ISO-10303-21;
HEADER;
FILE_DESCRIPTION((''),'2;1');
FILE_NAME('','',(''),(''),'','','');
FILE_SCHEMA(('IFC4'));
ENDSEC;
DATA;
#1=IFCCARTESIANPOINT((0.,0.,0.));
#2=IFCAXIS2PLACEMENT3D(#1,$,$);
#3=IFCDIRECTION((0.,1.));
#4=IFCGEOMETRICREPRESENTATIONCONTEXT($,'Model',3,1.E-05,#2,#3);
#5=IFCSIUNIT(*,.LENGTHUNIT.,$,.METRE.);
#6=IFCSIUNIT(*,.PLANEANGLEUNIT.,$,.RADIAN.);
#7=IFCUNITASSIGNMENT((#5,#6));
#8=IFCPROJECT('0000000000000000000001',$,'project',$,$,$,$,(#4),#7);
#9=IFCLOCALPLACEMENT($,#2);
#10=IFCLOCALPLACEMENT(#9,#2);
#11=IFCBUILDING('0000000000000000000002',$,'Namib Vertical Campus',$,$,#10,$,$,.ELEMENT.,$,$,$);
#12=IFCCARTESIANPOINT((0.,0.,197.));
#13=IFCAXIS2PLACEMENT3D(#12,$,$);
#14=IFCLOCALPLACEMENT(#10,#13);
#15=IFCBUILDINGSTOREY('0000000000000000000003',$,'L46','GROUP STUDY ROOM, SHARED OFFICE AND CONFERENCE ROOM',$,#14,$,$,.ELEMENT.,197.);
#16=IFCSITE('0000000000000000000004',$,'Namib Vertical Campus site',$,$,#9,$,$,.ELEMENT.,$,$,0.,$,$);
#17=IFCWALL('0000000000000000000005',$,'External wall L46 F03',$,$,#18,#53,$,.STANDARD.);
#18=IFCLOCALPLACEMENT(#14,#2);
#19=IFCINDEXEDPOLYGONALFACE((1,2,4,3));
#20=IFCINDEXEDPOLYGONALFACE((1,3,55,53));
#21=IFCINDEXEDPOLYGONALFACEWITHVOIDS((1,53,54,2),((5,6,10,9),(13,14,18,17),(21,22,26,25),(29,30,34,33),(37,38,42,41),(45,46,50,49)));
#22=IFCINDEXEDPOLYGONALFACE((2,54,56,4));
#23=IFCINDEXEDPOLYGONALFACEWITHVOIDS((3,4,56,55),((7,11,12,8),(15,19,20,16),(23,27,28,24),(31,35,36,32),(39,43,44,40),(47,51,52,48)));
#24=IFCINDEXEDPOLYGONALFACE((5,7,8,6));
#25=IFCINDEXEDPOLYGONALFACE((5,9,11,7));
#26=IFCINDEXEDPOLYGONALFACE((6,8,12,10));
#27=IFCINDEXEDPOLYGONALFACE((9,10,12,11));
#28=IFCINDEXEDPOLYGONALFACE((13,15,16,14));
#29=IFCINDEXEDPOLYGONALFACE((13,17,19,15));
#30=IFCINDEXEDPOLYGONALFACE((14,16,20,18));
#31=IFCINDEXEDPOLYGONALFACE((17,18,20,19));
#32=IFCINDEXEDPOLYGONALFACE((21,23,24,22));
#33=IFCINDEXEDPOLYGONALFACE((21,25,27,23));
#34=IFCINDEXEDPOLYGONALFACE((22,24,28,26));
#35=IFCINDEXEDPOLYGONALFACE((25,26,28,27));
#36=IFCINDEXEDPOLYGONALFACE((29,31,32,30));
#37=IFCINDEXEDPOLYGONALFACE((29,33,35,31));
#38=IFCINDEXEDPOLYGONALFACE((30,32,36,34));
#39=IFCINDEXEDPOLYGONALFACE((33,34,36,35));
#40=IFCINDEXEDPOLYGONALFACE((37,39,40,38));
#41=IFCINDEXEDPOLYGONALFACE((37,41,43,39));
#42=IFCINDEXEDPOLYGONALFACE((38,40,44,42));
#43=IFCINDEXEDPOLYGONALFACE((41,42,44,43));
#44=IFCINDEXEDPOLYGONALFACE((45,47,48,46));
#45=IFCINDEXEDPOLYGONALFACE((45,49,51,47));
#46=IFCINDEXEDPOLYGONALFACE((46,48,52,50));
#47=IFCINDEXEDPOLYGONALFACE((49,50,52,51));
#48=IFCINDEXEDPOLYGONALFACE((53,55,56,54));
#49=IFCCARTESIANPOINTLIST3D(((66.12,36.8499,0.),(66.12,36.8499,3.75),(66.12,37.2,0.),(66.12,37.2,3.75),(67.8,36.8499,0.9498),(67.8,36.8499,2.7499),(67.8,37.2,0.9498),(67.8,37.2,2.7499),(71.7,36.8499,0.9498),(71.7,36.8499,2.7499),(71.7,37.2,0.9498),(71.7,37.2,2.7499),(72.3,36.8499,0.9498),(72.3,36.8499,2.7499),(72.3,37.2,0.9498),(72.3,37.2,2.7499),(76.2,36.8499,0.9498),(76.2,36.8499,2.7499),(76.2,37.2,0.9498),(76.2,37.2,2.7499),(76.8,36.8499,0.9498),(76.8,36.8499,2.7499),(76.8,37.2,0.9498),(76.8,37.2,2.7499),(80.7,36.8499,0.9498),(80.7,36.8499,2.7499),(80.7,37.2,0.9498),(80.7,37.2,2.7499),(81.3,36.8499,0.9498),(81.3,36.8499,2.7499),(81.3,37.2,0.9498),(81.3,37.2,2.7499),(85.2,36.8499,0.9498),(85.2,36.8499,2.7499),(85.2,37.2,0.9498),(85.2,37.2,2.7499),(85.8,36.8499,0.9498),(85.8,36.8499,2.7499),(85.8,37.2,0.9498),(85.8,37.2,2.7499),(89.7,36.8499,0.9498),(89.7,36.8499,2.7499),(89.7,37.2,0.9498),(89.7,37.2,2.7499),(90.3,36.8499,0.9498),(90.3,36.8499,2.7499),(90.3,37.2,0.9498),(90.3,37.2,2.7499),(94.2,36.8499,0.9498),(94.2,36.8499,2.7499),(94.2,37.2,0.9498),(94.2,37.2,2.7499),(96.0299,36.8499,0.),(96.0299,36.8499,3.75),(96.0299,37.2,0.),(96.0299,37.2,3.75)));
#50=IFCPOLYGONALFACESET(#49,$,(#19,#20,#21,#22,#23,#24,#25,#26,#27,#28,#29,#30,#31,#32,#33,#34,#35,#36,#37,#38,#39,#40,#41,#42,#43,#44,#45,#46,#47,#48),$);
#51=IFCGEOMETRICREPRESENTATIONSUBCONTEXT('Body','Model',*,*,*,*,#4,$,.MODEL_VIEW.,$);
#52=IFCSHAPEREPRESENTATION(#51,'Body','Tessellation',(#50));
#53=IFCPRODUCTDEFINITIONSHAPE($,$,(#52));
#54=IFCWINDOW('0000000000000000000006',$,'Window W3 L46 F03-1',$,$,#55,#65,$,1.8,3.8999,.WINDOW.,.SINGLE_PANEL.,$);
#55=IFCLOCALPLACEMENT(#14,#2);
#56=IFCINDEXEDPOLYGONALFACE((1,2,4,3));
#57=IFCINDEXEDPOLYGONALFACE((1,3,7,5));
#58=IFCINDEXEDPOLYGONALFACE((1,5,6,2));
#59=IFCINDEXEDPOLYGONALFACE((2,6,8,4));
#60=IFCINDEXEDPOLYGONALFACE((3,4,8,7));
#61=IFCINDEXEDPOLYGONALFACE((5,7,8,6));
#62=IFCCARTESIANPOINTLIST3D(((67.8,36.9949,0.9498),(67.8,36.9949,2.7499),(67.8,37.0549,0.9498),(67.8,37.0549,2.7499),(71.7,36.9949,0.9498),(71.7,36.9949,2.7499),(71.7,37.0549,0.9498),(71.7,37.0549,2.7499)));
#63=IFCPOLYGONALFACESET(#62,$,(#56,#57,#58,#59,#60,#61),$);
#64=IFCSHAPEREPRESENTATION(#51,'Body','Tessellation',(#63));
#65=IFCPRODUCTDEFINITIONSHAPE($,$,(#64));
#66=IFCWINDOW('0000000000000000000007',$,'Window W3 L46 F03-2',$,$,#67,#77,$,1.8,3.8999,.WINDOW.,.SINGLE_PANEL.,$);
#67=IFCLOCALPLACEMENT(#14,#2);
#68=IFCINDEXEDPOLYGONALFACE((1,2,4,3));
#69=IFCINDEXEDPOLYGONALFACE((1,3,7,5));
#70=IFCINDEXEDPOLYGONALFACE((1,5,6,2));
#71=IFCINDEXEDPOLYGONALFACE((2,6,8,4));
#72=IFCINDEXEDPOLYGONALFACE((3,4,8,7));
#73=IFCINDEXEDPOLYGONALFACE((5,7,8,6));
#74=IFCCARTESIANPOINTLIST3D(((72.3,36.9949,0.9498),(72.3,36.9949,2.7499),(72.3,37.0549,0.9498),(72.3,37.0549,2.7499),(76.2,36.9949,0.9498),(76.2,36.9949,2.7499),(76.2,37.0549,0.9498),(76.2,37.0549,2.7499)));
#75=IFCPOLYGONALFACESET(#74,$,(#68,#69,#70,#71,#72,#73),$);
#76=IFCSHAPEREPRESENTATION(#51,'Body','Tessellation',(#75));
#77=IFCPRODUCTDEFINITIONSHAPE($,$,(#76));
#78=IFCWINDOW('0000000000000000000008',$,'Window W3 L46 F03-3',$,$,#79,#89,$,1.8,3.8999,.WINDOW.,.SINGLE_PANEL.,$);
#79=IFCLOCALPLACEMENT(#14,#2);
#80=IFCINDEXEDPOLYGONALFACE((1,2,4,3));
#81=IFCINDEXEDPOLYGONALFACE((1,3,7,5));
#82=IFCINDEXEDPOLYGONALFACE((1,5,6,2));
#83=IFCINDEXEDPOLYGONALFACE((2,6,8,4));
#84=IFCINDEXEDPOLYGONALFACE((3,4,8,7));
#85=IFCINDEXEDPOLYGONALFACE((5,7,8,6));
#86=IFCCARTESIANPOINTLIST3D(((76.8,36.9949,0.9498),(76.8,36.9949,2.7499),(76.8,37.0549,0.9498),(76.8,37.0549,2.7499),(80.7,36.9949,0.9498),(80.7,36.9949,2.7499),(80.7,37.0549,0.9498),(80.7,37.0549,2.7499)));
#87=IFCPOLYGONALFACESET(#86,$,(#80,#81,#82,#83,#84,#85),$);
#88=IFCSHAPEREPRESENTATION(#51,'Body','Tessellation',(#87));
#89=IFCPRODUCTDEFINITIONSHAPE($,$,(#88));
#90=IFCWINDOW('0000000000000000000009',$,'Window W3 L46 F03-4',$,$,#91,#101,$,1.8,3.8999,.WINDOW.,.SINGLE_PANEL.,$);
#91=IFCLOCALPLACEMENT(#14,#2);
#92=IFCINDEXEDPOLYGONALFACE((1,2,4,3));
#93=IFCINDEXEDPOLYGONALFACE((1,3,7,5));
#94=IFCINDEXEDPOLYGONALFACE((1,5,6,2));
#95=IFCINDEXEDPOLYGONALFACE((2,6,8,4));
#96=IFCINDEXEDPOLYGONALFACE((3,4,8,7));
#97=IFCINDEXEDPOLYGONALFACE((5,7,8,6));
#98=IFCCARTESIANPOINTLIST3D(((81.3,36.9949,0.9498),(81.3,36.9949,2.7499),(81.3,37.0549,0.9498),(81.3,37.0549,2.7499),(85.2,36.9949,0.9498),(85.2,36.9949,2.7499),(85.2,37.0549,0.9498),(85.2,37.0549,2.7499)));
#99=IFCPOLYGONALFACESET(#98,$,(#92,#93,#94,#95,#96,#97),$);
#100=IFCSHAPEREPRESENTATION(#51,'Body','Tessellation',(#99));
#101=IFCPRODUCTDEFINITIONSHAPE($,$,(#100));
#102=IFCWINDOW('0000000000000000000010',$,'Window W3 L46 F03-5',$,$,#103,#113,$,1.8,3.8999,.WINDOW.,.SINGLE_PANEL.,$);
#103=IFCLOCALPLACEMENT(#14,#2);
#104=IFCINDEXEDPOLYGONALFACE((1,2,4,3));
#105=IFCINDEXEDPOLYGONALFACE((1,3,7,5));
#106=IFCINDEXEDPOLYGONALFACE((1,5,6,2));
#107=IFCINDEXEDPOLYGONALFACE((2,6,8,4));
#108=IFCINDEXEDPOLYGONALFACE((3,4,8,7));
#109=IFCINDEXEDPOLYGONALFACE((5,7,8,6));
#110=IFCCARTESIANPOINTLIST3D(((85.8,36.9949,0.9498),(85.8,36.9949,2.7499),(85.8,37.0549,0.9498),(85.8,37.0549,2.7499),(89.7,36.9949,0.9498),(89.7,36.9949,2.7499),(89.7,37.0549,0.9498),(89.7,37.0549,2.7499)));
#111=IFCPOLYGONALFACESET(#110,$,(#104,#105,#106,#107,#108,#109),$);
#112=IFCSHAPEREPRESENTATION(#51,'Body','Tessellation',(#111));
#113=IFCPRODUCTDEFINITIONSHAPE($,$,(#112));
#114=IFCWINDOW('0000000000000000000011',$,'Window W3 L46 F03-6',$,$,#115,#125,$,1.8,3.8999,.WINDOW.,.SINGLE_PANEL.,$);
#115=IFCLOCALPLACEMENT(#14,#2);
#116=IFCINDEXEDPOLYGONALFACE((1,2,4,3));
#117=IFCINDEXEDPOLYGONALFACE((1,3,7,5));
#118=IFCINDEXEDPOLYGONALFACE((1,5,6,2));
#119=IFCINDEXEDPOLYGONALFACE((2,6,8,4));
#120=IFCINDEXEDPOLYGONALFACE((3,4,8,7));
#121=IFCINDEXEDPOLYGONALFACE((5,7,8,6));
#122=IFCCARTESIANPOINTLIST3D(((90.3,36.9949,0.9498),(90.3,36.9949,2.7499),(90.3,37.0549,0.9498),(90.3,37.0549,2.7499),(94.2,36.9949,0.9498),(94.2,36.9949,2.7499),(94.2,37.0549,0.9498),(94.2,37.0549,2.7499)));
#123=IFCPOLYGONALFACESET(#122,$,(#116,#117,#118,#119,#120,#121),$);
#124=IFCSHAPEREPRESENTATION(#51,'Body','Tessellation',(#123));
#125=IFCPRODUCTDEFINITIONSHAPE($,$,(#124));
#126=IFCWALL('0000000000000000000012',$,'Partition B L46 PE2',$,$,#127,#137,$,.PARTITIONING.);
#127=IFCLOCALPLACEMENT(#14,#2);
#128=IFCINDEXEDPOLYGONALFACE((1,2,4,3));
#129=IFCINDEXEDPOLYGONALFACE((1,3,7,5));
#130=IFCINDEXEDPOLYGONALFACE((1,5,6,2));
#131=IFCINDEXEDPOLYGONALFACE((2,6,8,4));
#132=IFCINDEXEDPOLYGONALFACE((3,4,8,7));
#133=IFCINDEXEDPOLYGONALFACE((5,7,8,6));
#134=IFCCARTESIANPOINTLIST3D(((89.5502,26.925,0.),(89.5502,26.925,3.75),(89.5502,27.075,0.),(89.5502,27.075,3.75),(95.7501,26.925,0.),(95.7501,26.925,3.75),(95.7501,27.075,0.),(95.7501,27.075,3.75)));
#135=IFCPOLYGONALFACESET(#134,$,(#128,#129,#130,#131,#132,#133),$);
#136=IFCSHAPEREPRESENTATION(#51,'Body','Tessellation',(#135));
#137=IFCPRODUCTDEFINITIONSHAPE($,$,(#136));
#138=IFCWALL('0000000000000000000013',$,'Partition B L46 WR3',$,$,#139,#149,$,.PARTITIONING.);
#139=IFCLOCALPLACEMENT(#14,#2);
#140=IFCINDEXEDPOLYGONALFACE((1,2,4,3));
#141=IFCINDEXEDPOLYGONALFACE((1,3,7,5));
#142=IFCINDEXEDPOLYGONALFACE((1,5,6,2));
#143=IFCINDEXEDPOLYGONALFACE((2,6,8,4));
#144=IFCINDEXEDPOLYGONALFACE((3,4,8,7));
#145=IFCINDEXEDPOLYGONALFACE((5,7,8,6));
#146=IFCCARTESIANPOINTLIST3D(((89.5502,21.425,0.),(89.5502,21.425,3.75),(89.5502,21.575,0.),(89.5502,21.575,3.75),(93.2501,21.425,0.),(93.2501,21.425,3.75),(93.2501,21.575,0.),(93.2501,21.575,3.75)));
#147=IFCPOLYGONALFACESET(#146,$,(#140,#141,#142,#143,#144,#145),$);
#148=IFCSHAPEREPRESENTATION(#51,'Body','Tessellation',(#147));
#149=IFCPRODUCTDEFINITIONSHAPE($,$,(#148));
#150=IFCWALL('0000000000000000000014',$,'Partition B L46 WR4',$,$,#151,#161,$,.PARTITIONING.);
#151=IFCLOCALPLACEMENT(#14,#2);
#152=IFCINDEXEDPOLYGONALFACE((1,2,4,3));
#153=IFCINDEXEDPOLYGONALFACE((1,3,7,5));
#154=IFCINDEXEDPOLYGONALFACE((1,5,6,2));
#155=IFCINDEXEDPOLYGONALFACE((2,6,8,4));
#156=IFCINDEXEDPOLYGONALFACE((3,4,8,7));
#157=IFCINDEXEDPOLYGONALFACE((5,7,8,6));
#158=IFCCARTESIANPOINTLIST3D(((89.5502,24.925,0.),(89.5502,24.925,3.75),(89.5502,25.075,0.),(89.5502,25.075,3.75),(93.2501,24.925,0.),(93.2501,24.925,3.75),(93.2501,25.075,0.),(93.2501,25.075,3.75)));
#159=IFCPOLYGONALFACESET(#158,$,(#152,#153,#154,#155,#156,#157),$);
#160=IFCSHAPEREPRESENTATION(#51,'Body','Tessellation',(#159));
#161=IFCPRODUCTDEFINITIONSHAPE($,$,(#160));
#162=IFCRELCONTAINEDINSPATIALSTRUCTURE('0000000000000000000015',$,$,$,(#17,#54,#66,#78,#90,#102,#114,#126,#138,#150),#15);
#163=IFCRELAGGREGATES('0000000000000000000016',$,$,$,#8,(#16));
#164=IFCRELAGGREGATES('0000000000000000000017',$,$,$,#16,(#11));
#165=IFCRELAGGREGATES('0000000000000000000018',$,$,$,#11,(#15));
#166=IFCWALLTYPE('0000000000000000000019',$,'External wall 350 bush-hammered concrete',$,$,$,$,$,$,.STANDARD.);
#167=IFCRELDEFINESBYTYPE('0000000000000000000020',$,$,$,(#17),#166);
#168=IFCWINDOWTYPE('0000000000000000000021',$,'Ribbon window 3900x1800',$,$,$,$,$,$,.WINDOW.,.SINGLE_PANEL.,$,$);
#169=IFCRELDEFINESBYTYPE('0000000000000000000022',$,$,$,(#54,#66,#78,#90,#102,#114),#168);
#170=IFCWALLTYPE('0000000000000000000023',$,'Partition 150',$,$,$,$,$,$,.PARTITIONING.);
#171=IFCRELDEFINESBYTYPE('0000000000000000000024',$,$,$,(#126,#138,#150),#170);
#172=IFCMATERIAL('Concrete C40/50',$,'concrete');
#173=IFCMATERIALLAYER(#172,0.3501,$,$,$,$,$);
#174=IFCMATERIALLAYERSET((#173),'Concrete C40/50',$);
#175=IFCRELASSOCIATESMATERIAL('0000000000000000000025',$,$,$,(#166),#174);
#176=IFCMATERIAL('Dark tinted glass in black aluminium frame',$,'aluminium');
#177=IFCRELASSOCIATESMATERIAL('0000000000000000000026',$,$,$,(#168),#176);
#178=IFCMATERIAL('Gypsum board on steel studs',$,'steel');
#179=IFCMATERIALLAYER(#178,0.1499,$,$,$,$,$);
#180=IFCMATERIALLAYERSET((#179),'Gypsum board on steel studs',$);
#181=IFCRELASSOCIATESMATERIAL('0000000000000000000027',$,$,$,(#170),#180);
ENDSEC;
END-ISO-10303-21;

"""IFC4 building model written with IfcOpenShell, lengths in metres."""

from ifc_helpers import new_model, si_unit, direction, frame, frame_2d, origin, place, context, subcontext, project, spatial, rectangle, extrude, material, layer, layer_set, type_object, element, fill, save


model = new_model("IFC4")

# Units and contexts
model_context = context("Model", 3, precision=1e-05, world=origin(), true_north=direction((0.0, 1.0)))
body_context = subcontext(model_context, "Body", "Model", "MODEL_VIEW")
ifc_project = project(units=[si_unit("LENGTHUNIT", "METRE"), si_unit("PLANEANGLEUNIT", "RADIAN")], contexts=[model_context])

# Site, building, storey
site_placement = place(None, origin())
site = spatial("IfcSite", under=ifc_project, at=site_placement, Name="Namib Vertical Campus site", CompositionType="ELEMENT", RefElevation=0.0)
building_placement = place(site_placement, origin())
building = spatial("IfcBuilding", under=site, at=building_placement, Name="Namib Vertical Campus", CompositionType="ELEMENT")
storey_placement = place(building_placement, frame((0.0, 0.0, 197.0)))
storey = spatial("IfcBuildingStorey", under=building, at=storey_placement, Name="L46", Description="GROUP STUDY ROOM, SHARED OFFICE AND CONFERENCE ROOM", CompositionType="ELEMENT", Elevation=197.0)

# Wall, openings, windows
ifc_material_1 = material(Name="Concrete C40/50", Category="concrete")
ifc_layer_1 = layer(ifc_material_1, 0.3501)
ifc_layer_set_1 = layer_set([ifc_layer_1], Name="Concrete C40/50")
wall_type_1 = type_object("IfcWallType", Name="External wall 350 bush-hammered concrete", PredefinedType="STANDARD", material=ifc_layer_set_1)
wall_1_placement = place(storey_placement, frame((96.03, 37.0249, 0.0), z_axis=(0.0, 0.0, 1.0), x_axis=(-1.0, 0.0, 0.0)))
wall_1 = element("IfcWall", 1, at=wall_1_placement, inside=storey, type_object=wall_type_1, Name="External wall L46 F03", PredefinedType="STANDARD", context=body_context, shape_type="SweptSolid", body=[
    extrude(rectangle(XDim=29.9099, YDim=0.3501, at=frame_2d((14.9551, 0.0))), origin(), (0.0, 0.0, 1.0), 3.75),
])
opening_1_placement = place(wall_1_placement, frame((24.3301, 0.0, 0.95)))
opening_1 = element("IfcOpeningElement", 2, at=opening_1_placement, cuts=wall_1, PredefinedType="OPENING", context=body_context, shape_type="SweptSolid", body=[
    extrude(rectangle(XDim=3.8999, YDim=1.8, at=frame_2d((1.95, 0.8999))), frame((0.0, 0.1851, 0.0), z_axis=(0.0, -1.0, 0.0), x_axis=(1.0, 0.0, 0.0)), (0.0, 0.0, 1.0), 0.3701),
])
opening_2_placement = place(wall_1_placement, frame((19.8301, 0.0, 0.95)))
opening_2 = element("IfcOpeningElement", 3, at=opening_2_placement, cuts=wall_1, PredefinedType="OPENING", context=body_context, shape_type="SweptSolid", body=[
    extrude(rectangle(XDim=3.8999, YDim=1.8, at=frame_2d((1.95, 0.8999))), frame((0.0, 0.1851, 0.0), z_axis=(0.0, -1.0, 0.0), x_axis=(1.0, 0.0, 0.0)), (0.0, 0.0, 1.0), 0.3701),
])
opening_3_placement = place(wall_1_placement, frame((15.3301, 0.0, 0.95)))
opening_3 = element("IfcOpeningElement", 4, at=opening_3_placement, cuts=wall_1, PredefinedType="OPENING", context=body_context, shape_type="SweptSolid", body=[
    extrude(rectangle(XDim=3.8999, YDim=1.8, at=frame_2d((1.95, 0.8999))), frame((0.0, 0.1851, 0.0), z_axis=(0.0, -1.0, 0.0), x_axis=(1.0, 0.0, 0.0)), (0.0, 0.0, 1.0), 0.3701),
])
opening_4_placement = place(wall_1_placement, frame((10.8301, 0.0, 0.95)))
opening_4 = element("IfcOpeningElement", 5, at=opening_4_placement, cuts=wall_1, PredefinedType="OPENING", context=body_context, shape_type="SweptSolid", body=[
    extrude(rectangle(XDim=3.8999, YDim=1.8, at=frame_2d((1.95, 0.8999))), frame((0.0, 0.1851, 0.0), z_axis=(0.0, -1.0, 0.0), x_axis=(1.0, 0.0, 0.0)), (0.0, 0.0, 1.0), 0.3701),
])
opening_5_placement = place(wall_1_placement, frame((6.3301, 0.0, 0.95)))
opening_5 = element("IfcOpeningElement", 6, at=opening_5_placement, cuts=wall_1, PredefinedType="OPENING", context=body_context, shape_type="SweptSolid", body=[
    extrude(rectangle(XDim=3.8999, YDim=1.8, at=frame_2d((1.95, 0.8999))), frame((0.0, 0.1851, 0.0), z_axis=(0.0, -1.0, 0.0), x_axis=(1.0, 0.0, 0.0)), (0.0, 0.0, 1.0), 0.3701),
])
opening_6_placement = place(wall_1_placement, frame((1.8301, 0.0, 0.95)))
opening_6 = element("IfcOpeningElement", 7, at=opening_6_placement, cuts=wall_1, PredefinedType="OPENING", context=body_context, shape_type="SweptSolid", body=[
    extrude(rectangle(XDim=3.8999, YDim=1.8, at=frame_2d((1.95, 0.8999))), frame((0.0, 0.1851, 0.0), z_axis=(0.0, -1.0, 0.0), x_axis=(1.0, 0.0, 0.0)), (0.0, 0.0, 1.0), 0.3701),
])
ifc_material_2 = material(Name="Dark tinted glass in black aluminium frame", Category="aluminium")
window_type = type_object("IfcWindowType", Name="Ribbon window 3900x1800", PartitioningType="SINGLE_PANEL", PredefinedType="WINDOW", material=ifc_material_2)
window_1_placement = place(opening_1_placement, origin())
window_1 = element("IfcWindow", 8, at=window_1_placement, inside=storey, type_object=window_type, Name="Window W3 L46 F03-1", OverallHeight=1.8, OverallWidth=3.8999, PartitioningType="SINGLE_PANEL", PredefinedType="WINDOW", context=body_context, shape_type="SweptSolid", body=[
    extrude(rectangle(XDim=3.8999, YDim=1.8, at=frame_2d((1.95, 0.8999))), frame((0.0, 0.03, 0.0), z_axis=(0.0, -1.0, 0.0), x_axis=(1.0, 0.0, 0.0)), (0.0, 0.0, 1.0), 0.0601),
])
fill(opening_1, window_1)
window_2_placement = place(opening_2_placement, origin())
window_2 = element("IfcWindow", 9, at=window_2_placement, inside=storey, type_object=window_type, Name="Window W3 L46 F03-2", OverallHeight=1.8, OverallWidth=3.8999, PartitioningType="SINGLE_PANEL", PredefinedType="WINDOW", context=body_context, shape_type="SweptSolid", body=[
    extrude(rectangle(XDim=3.8999, YDim=1.8, at=frame_2d((1.95, 0.8999))), frame((0.0, 0.03, 0.0), z_axis=(0.0, -1.0, 0.0), x_axis=(1.0, 0.0, 0.0)), (0.0, 0.0, 1.0), 0.0601),
])
fill(opening_2, window_2)
window_3_placement = place(opening_3_placement, origin())
window_3 = element("IfcWindow", 10, at=window_3_placement, inside=storey, type_object=window_type, Name="Window W3 L46 F03-3", OverallHeight=1.8, OverallWidth=3.8999, PartitioningType="SINGLE_PANEL", PredefinedType="WINDOW", context=body_context, shape_type="SweptSolid", body=[
    extrude(rectangle(XDim=3.8999, YDim=1.8, at=frame_2d((1.95, 0.8999))), frame((0.0, 0.03, 0.0), z_axis=(0.0, -1.0, 0.0), x_axis=(1.0, 0.0, 0.0)), (0.0, 0.0, 1.0), 0.0601),
])
fill(opening_3, window_3)
window_4_placement = place(opening_4_placement, origin())
window_4 = element("IfcWindow", 11, at=window_4_placement, inside=storey, type_object=window_type, Name="Window W3 L46 F03-4", OverallHeight=1.8, OverallWidth=3.8999, PartitioningType="SINGLE_PANEL", PredefinedType="WINDOW", context=body_context, shape_type="SweptSolid", body=[
    extrude(rectangle(XDim=3.8999, YDim=1.8, at=frame_2d((1.95, 0.8999))), frame((0.0, 0.03, 0.0), z_axis=(0.0, -1.0, 0.0), x_axis=(1.0, 0.0, 0.0)), (0.0, 0.0, 1.0), 0.0601),
])
fill(opening_4, window_4)
window_5_placement = place(opening_5_placement, origin())
window_5 = element("IfcWindow", 12, at=window_5_placement, inside=storey, type_object=window_type, Name="Window W3 L46 F03-5", OverallHeight=1.8, OverallWidth=3.8999, PartitioningType="SINGLE_PANEL", PredefinedType="WINDOW", context=body_context, shape_type="SweptSolid", body=[
    extrude(rectangle(XDim=3.8999, YDim=1.8, at=frame_2d((1.95, 0.8999))), frame((0.0, 0.03, 0.0), z_axis=(0.0, -1.0, 0.0), x_axis=(1.0, 0.0, 0.0)), (0.0, 0.0, 1.0), 0.0601),
])
fill(opening_5, window_5)
window_6_placement = place(opening_6_placement, origin())
window_6 = element("IfcWindow", 13, at=window_6_placement, inside=storey, type_object=window_type, Name="Window W3 L46 F03-6", OverallHeight=1.8, OverallWidth=3.8999, PartitioningType="SINGLE_PANEL", PredefinedType="WINDOW", context=body_context, shape_type="SweptSolid", body=[
    extrude(rectangle(XDim=3.8999, YDim=1.8, at=frame_2d((1.95, 0.8999))), frame((0.0, 0.03, 0.0), z_axis=(0.0, -1.0, 0.0), x_axis=(1.0, 0.0, 0.0)), (0.0, 0.0, 1.0), 0.0601),
])
fill(opening_6, window_6)

# Walls
ifc_material_3 = material(Name="Gypsum board on steel studs", Category="steel")
ifc_layer_2 = layer(ifc_material_3, 0.1499)
ifc_layer_set_2 = layer_set([ifc_layer_2], Name="Gypsum board on steel studs")
wall_type_2 = type_object("IfcWallType", Name="Partition 150", PredefinedType="PARTITIONING", material=ifc_layer_set_2)
wall_2_placement = place(storey_placement, frame((89.55, 27.0, 0.0), z_axis=(0.0, 0.0, 1.0), x_axis=(1.0, 0.0, 0.0)))
element("IfcWall", 14, at=wall_2_placement, inside=storey, type_object=wall_type_2, Name="Partition B L46 PE2", PredefinedType="PARTITIONING", context=body_context, shape_type="SweptSolid", body=[
    extrude(rectangle(XDim=6.2, YDim=0.1499, at=frame_2d((3.1001, 0.0))), origin(), (0.0, 0.0, 1.0), 3.75),
])
for number, where, z_axis, x_axis, name in (
    (15, (89.55, 21.5, 0.0), (0.0, 0.0, 1.0), (1.0, 0.0, 0.0), "Partition B L46 WR3"),
    (16, (89.55, 25.0, 0.0), (0.0, 0.0, 1.0), (1.0, 0.0, 0.0), "Partition B L46 WR4"),
):
    element("IfcWall", number, at=place(storey_placement, frame(where, z_axis=z_axis, x_axis=x_axis)), inside=storey, type_object=wall_type_2, Name=name, PredefinedType="PARTITIONING", context=body_context, shape_type="SweptSolid", body=[
        extrude(rectangle(XDim=3.7, YDim=0.1499, at=frame_2d((1.8501, 0.0))), origin(), (0.0, 0.0, 1.0), 3.75),
    ])

save(model, "model.ifc")
